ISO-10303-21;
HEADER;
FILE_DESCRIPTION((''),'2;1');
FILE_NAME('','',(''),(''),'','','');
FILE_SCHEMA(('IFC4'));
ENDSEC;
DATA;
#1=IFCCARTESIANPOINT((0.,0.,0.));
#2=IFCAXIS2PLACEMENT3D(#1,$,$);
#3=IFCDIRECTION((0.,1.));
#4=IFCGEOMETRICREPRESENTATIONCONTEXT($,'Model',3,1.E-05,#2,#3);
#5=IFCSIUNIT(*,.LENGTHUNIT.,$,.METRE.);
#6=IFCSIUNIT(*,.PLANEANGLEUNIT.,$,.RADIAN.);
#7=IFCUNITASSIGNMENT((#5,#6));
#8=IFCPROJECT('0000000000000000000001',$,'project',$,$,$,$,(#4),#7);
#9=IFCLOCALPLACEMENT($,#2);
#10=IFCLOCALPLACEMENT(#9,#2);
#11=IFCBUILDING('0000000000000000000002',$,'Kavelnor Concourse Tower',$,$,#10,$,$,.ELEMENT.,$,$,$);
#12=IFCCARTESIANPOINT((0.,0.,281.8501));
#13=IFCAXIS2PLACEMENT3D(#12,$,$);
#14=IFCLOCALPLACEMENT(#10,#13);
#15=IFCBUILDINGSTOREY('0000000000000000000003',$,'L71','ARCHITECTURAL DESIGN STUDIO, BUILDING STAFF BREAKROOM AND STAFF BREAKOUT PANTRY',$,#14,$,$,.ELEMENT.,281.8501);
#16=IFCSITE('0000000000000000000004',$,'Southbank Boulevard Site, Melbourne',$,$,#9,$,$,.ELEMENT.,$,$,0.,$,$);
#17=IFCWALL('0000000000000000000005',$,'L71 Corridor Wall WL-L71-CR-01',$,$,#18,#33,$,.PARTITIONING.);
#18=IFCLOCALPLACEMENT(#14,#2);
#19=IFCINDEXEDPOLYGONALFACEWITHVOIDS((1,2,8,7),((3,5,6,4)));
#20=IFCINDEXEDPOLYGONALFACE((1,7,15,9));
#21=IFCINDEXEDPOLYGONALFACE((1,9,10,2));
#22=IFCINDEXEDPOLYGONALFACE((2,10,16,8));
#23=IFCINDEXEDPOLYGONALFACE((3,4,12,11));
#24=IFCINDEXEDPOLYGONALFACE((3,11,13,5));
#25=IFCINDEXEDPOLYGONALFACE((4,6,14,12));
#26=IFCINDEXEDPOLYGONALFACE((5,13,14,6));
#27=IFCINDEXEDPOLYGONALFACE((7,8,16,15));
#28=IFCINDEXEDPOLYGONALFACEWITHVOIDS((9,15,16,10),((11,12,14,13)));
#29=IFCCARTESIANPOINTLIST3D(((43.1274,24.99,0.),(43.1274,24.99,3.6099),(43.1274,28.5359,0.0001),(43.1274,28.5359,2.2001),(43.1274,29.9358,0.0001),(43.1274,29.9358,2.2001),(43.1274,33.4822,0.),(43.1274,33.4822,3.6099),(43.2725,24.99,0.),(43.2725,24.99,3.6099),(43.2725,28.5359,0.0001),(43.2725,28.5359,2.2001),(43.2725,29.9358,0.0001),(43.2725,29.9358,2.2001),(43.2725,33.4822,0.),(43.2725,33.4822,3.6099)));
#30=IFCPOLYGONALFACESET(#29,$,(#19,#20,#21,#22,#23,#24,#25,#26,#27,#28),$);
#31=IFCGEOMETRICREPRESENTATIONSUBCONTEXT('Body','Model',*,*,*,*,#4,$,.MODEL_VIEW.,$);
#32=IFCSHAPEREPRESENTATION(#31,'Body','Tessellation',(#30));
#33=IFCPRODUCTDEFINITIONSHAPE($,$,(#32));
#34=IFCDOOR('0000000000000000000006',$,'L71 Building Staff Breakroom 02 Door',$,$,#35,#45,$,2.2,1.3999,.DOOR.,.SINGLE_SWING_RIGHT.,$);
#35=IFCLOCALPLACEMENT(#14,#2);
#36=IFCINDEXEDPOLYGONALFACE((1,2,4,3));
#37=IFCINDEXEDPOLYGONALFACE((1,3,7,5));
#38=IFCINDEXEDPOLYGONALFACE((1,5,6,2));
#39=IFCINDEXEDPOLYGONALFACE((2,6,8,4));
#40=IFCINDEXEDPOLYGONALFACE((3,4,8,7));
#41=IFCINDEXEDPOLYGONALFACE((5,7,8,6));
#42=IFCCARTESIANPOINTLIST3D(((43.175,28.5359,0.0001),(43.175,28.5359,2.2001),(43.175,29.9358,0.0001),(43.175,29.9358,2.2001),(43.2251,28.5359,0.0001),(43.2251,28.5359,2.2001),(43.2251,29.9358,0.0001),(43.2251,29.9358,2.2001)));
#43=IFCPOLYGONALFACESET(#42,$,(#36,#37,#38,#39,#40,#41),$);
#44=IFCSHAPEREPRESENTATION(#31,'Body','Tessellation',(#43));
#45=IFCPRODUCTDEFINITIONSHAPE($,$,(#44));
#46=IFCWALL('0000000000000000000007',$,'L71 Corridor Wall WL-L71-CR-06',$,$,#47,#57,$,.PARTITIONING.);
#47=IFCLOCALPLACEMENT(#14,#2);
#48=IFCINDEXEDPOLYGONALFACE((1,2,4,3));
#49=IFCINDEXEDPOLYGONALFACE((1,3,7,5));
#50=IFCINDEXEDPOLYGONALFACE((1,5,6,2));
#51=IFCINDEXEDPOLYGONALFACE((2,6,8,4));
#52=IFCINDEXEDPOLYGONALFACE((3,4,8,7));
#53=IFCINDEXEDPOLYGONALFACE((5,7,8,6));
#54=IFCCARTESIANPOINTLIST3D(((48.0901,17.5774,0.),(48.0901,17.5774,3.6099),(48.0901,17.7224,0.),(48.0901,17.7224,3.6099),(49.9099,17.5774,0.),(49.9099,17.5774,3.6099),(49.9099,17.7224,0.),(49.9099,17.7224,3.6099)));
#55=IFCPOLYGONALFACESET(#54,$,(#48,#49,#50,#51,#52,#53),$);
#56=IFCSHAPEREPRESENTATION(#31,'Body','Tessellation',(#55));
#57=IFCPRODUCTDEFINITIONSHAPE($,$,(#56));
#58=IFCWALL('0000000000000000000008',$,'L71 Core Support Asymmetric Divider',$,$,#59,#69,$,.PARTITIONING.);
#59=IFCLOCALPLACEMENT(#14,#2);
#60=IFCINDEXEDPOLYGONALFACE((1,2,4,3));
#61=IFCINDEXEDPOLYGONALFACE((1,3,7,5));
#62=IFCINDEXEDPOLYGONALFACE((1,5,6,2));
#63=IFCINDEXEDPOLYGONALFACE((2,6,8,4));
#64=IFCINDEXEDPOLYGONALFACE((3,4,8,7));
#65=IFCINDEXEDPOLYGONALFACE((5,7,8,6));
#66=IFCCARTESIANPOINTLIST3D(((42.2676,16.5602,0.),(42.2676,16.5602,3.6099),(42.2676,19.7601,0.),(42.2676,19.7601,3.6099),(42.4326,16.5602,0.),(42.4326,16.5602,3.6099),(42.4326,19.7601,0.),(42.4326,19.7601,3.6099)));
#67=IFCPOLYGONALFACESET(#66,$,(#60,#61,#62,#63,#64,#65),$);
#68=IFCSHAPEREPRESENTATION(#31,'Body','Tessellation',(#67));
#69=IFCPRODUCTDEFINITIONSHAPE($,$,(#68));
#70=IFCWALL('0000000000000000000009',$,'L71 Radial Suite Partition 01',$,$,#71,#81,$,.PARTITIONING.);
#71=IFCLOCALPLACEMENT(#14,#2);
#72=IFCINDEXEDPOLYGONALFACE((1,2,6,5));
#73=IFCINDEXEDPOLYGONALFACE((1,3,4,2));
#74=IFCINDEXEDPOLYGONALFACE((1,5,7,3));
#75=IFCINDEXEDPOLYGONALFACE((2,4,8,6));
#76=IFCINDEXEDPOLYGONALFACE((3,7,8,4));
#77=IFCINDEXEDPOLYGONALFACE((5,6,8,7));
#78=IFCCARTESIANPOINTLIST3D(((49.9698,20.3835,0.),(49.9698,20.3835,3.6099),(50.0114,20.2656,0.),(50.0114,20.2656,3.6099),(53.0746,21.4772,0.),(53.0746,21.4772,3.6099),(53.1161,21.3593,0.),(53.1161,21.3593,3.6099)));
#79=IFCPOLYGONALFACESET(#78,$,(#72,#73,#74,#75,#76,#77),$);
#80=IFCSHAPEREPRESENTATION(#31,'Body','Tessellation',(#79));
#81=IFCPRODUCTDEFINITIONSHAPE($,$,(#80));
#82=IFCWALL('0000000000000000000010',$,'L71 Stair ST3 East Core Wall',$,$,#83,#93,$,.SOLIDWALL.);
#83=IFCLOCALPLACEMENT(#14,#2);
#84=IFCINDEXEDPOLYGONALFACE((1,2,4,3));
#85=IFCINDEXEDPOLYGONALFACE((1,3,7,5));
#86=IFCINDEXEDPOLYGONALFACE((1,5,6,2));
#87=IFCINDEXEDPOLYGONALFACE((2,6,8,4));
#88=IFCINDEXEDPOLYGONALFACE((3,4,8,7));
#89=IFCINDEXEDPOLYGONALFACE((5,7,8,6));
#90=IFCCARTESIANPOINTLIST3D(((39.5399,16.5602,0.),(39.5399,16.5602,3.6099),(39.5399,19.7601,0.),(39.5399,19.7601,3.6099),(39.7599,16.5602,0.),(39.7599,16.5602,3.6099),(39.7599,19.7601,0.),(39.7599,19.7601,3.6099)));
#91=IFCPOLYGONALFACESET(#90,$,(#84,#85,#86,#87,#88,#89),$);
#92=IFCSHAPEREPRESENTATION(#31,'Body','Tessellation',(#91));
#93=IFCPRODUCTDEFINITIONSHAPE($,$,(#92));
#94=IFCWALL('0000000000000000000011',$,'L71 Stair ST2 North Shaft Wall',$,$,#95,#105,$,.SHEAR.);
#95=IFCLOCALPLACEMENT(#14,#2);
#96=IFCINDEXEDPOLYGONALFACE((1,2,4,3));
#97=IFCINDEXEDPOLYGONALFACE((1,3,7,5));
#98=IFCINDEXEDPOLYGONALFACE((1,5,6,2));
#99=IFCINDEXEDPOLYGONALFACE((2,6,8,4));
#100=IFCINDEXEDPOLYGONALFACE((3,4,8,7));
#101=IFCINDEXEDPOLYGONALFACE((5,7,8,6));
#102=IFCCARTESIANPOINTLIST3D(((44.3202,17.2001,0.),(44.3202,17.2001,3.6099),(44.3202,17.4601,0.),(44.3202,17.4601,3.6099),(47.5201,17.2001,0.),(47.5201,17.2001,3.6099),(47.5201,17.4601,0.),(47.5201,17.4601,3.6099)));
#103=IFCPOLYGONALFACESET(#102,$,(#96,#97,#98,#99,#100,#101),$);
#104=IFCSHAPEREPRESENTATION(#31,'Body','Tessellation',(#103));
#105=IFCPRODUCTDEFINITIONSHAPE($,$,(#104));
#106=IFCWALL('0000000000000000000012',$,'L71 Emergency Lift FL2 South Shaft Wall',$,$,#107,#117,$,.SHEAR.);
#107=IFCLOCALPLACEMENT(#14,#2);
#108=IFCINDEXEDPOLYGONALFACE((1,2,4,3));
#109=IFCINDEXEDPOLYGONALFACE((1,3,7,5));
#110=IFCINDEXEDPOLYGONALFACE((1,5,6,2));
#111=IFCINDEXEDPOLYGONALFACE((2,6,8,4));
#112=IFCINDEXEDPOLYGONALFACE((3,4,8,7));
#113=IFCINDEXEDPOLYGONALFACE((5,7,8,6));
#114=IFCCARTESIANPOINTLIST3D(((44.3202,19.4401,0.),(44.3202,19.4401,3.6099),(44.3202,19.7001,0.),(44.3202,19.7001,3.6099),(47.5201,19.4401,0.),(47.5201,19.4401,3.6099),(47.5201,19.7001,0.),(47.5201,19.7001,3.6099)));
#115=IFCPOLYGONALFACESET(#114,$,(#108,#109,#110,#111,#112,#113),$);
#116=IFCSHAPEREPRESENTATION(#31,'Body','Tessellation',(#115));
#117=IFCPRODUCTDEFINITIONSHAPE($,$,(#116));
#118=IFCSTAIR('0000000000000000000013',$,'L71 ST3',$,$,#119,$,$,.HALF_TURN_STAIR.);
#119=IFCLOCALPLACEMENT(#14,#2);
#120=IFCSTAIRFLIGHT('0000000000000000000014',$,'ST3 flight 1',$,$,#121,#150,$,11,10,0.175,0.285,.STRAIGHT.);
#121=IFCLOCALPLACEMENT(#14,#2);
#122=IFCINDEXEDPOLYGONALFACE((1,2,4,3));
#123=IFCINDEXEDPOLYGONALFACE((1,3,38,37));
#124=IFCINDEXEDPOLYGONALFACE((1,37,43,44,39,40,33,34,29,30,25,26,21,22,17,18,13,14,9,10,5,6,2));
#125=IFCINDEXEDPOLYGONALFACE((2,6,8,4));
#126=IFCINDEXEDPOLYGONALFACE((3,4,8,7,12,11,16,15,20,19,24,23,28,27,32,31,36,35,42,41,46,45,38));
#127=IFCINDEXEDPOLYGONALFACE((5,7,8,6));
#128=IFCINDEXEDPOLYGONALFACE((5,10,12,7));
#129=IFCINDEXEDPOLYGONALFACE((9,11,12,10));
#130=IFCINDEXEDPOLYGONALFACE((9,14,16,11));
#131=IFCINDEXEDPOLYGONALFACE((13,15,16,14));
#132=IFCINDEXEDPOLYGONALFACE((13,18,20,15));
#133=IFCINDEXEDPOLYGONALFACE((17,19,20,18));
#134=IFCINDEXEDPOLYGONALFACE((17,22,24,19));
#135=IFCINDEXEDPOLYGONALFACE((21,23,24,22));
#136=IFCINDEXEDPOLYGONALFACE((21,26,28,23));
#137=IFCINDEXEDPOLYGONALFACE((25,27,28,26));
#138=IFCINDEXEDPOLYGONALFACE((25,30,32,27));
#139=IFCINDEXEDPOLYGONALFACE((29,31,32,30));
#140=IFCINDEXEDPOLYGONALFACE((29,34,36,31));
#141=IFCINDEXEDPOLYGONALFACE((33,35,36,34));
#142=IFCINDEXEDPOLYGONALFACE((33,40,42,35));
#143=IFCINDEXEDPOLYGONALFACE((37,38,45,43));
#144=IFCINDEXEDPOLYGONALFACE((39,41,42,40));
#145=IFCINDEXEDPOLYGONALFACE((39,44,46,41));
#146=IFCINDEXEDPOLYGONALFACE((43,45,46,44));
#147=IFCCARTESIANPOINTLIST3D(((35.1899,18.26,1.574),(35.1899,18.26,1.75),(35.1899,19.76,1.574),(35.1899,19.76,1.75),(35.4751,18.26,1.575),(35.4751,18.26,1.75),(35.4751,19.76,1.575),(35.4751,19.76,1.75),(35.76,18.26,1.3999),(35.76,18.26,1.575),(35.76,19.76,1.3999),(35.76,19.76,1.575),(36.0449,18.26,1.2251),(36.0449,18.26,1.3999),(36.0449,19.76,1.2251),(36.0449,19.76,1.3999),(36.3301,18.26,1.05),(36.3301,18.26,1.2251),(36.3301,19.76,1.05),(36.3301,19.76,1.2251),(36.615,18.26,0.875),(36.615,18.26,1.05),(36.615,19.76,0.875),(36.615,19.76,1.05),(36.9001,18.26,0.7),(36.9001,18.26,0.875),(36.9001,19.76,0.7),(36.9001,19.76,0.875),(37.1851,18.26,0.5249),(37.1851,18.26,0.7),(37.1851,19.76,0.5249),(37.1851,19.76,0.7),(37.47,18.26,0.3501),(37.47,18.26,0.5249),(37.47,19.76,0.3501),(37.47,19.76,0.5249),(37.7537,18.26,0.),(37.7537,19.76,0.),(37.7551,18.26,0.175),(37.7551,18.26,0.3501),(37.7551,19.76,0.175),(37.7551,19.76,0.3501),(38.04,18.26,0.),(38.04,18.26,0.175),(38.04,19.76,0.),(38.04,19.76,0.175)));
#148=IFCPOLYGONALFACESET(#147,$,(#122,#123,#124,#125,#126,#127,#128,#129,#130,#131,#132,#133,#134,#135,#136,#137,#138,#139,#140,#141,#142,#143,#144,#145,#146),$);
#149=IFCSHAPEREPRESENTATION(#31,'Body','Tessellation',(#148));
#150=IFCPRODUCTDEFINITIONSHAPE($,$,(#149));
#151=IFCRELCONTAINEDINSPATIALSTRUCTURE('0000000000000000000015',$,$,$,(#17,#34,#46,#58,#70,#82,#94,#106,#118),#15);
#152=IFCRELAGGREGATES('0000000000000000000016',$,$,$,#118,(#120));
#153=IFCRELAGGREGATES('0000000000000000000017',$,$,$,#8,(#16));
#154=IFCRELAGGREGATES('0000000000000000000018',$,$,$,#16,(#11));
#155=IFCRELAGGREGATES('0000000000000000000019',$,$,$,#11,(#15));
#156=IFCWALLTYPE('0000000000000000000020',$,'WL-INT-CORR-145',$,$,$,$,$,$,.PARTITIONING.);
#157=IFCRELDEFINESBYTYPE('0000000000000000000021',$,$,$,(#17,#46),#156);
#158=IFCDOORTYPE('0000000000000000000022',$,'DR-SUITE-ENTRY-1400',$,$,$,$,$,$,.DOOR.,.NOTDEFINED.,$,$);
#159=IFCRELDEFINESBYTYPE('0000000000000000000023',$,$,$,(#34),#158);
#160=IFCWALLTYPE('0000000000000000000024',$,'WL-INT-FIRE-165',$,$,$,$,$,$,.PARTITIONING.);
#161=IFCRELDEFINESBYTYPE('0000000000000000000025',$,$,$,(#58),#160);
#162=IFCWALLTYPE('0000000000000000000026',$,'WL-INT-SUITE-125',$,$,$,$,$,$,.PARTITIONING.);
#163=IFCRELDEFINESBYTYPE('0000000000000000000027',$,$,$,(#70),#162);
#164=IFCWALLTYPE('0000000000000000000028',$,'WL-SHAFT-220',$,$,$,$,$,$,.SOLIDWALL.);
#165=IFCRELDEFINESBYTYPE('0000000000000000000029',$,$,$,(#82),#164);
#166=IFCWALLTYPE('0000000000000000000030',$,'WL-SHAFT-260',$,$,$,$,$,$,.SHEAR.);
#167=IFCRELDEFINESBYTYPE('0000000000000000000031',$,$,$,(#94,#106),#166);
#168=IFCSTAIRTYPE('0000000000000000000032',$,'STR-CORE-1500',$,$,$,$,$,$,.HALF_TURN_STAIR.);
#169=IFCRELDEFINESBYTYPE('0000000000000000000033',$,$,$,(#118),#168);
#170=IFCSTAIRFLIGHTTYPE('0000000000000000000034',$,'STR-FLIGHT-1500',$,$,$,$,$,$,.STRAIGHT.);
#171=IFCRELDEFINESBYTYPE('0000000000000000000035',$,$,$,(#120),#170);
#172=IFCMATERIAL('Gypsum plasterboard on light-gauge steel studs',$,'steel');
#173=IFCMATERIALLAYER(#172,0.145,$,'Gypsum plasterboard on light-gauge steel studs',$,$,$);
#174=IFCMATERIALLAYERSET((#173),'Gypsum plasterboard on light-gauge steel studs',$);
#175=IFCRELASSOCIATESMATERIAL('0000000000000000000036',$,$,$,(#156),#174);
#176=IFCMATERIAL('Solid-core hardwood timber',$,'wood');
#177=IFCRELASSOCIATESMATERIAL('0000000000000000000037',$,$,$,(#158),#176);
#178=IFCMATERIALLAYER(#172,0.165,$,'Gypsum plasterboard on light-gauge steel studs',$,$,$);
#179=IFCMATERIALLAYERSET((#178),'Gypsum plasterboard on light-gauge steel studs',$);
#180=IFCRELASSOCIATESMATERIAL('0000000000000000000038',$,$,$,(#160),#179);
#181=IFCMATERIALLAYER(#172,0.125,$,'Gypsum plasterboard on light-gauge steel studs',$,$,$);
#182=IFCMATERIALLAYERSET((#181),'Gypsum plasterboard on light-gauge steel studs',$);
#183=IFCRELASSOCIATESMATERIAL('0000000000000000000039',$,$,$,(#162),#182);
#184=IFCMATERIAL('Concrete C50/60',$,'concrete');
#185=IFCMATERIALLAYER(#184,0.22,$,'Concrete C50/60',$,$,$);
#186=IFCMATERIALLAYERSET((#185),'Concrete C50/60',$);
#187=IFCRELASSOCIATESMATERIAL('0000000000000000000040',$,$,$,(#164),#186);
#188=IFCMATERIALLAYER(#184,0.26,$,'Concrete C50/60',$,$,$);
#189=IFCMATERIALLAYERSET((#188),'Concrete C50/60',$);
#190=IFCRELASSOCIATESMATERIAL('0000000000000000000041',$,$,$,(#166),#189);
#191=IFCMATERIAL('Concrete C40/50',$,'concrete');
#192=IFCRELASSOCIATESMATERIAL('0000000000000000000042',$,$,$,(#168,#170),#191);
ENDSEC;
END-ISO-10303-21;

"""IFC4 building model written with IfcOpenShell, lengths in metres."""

from ifc_helpers import new_model, si_unit, direction, frame, frame_2d, origin, place, context, subcontext, project, spatial, polyline, rectangle, outline, extrude, material, layer, layer_set, type_object, element, fill, aggregate, save


model = new_model("IFC4")

# Units and contexts
model_context = context("Model", 3, precision=1e-05, world=origin(), true_north=direction((0.0, 1.0)))
body_context = subcontext(model_context, "Body", "Model", "MODEL_VIEW")
ifc_project = project(units=[si_unit("LENGTHUNIT", "METRE"), si_unit("PLANEANGLEUNIT", "RADIAN")], contexts=[model_context])

# Site, building, storey
site_placement = place(None, origin())
site = spatial("IfcSite", under=ifc_project, at=site_placement, Name="Southbank Boulevard Site, Melbourne", CompositionType="ELEMENT", RefElevation=0.0)
building_placement = place(site_placement, origin())
building = spatial("IfcBuilding", under=site, at=building_placement, Name="Kavelnor Concourse Tower", CompositionType="ELEMENT")
storey_placement = place(building_placement, frame((0.0, 0.0, 281.8501)))
storey = spatial("IfcBuildingStorey", under=building, at=storey_placement, Name="L71", Description="ARCHITECTURAL DESIGN STUDIO, BUILDING STAFF BREAKROOM AND STAFF BREAKOUT PANTRY", CompositionType="ELEMENT", Elevation=281.8501)

# Wall, opening, door
ifc_material_1 = material(Name="Gypsum plasterboard on light-gauge steel studs", Category="steel")
ifc_layer_1 = layer(ifc_material_1, 0.145, Name="Gypsum plasterboard on light-gauge steel studs")
ifc_layer_set_1 = layer_set([ifc_layer_1], Name="Gypsum plasterboard on light-gauge steel studs")
wall_type_1 = type_object("IfcWallType", Name="WL-INT-CORR-145", PredefinedType="PARTITIONING", material=ifc_layer_set_1)
wall_1_placement = place(storey_placement, frame((43.2, 24.99, 0.0), z_axis=(0.0, 0.0, 1.0), x_axis=(0.0, 1.0, 0.0)))
wall_1 = element("IfcWall", 1, at=wall_1_placement, inside=storey, type_object=wall_type_1, Name="L71 Corridor Wall WL-L71-CR-01", PredefinedType="PARTITIONING", context=body_context, shape_type="SweptSolid", body=[
    extrude(rectangle(XDim=8.4922, YDim=0.145, at=frame_2d((4.2461, 0.0))), origin(), (0.0, 0.0, 1.0), 3.6099),
])
opening_placement = place(wall_1_placement, frame((3.5459, 0.0, 0.0)))
opening = element("IfcOpeningElement", 2, at=opening_placement, cuts=wall_1, PredefinedType="OPENING", context=body_context, shape_type="SweptSolid", body=[
    extrude(rectangle(XDim=1.3999, YDim=2.2, at=frame_2d((0.7, 1.1001))), frame((0.0, 0.0825, 0.0), z_axis=(0.0, -1.0, 0.0), x_axis=(1.0, 0.0, 0.0)), (0.0, 0.0, 1.0), 0.165),
])
ifc_material_2 = material(Name="Solid-core hardwood timber", Category="wood")
door_type = type_object("IfcDoorType", Name="DR-SUITE-ENTRY-1400", OperationType="NOTDEFINED", PredefinedType="DOOR", material=ifc_material_2)
door_placement = place(opening_placement, origin())
door = element("IfcDoor", 3, at=door_placement, inside=storey, type_object=door_type, Name="L71 Building Staff Breakroom 02 Door", OperationType="SINGLE_SWING_RIGHT", OverallHeight=2.2, OverallWidth=1.3999, PredefinedType="DOOR", context=body_context, shape_type="SweptSolid", body=[
    extrude(rectangle(XDim=1.3999, YDim=2.2, at=frame_2d((0.7, 1.1001))), frame((0.0, 0.0249, 0.0), z_axis=(0.0, -1.0, 0.0), x_axis=(1.0, 0.0, 0.0)), (0.0, 0.0, 1.0), 0.05),
])
fill(opening, door)

# Walls
wall_2_placement = place(storey_placement, frame((49.9099, 17.6499, 0.0), z_axis=(0.0, 0.0, 1.0), x_axis=(-1.0, 0.0, 0.0)))
element("IfcWall", 4, at=wall_2_placement, inside=storey, type_object=wall_type_1, Name="L71 Corridor Wall WL-L71-CR-06", PredefinedType="PARTITIONING", context=body_context, shape_type="SweptSolid", body=[
    extrude(rectangle(XDim=1.8198, YDim=0.145, at=frame_2d((0.9099, 0.0))), origin(), (0.0, 0.0, 1.0), 3.6099),
])
ifc_layer_2 = layer(ifc_material_1, 0.165, Name="Gypsum plasterboard on light-gauge steel studs")
ifc_layer_set_2 = layer_set([ifc_layer_2], Name="Gypsum plasterboard on light-gauge steel studs")
wall_type_2 = type_object("IfcWallType", Name="WL-INT-FIRE-165", PredefinedType="PARTITIONING", material=ifc_layer_set_2)
wall_3_placement = place(storey_placement, frame((42.3501, 16.5601, 0.0), z_axis=(0.0, 0.0, 1.0), x_axis=(0.0, 1.0, 0.0)))
element("IfcWall", 5, at=wall_3_placement, inside=storey, type_object=wall_type_2, Name="L71 Core Support Asymmetric Divider", PredefinedType="PARTITIONING", context=body_context, shape_type="SweptSolid", body=[
    extrude(rectangle(XDim=3.2, YDim=0.165, at=frame_2d((1.6001, 0.0))), origin(), (0.0, 0.0, 1.0), 3.6099),
])
ifc_layer_3 = layer(ifc_material_1, 0.125, Name="Gypsum plasterboard on light-gauge steel studs")
ifc_layer_set_3 = layer_set([ifc_layer_3], Name="Gypsum plasterboard on light-gauge steel studs")
wall_type_3 = type_object("IfcWallType", Name="WL-INT-SUITE-125", PredefinedType="PARTITIONING", material=ifc_layer_set_3)
wall_4_placement = place(storey_placement, frame((49.9905, 20.3245, 0.0), z_axis=(0.0, 0.0, 1.0), x_axis=(0.943185, 0.332269, 0.0)))
element("IfcWall", 6, at=wall_4_placement, inside=storey, type_object=wall_type_3, Name="L71 Radial Suite Partition 01", PredefinedType="PARTITIONING", context=body_context, shape_type="SweptSolid", body=[
    extrude(rectangle(XDim=3.2917, YDim=0.125, at=frame_2d((1.646, 0.0))), origin(), (0.0, 0.0, 1.0), 3.6099),
])
ifc_material_3 = material(Name="Concrete C50/60", Category="concrete")
ifc_layer_4 = layer(ifc_material_3, 0.22, Name="Concrete C50/60")
ifc_layer_set_4 = layer_set([ifc_layer_4], Name="Concrete C50/60")
wall_type_4 = type_object("IfcWallType", Name="WL-SHAFT-220", PredefinedType="SOLIDWALL", material=ifc_layer_set_4)
wall_5_placement = place(storey_placement, frame((39.6499, 16.5601, 0.0), z_axis=(0.0, 0.0, 1.0), x_axis=(0.0, 1.0, 0.0)))
element("IfcWall", 7, at=wall_5_placement, inside=storey, type_object=wall_type_4, Name="L71 Stair ST3 East Core Wall", PredefinedType="SOLIDWALL", context=body_context, shape_type="SweptSolid", body=[
    extrude(rectangle(XDim=3.2, YDim=0.22, at=frame_2d((1.6001, 0.0))), origin(), (0.0, 0.0, 1.0), 3.6099),
])
ifc_layer_5 = layer(ifc_material_3, 0.26, Name="Concrete C50/60")
ifc_layer_set_5 = layer_set([ifc_layer_5], Name="Concrete C50/60")
wall_type_5 = type_object("IfcWallType", Name="WL-SHAFT-260", PredefinedType="SHEAR", material=ifc_layer_set_5)
for number, where, z_axis, x_axis, name in (
    (8, (44.3201, 17.3301, 0.0), (0.0, 0.0, 1.0), (1.0, 0.0, 0.0), "L71 Stair ST2 North Shaft Wall"),
    (9, (44.3201, 19.5701, 0.0), (0.0, 0.0, 1.0), (1.0, 0.0, 0.0), "L71 Emergency Lift FL2 South Shaft Wall"),
):
    element("IfcWall", number, at=place(storey_placement, frame(where, z_axis=z_axis, x_axis=x_axis)), inside=storey, type_object=wall_type_5, Name=name, PredefinedType="SHEAR", context=body_context, shape_type="SweptSolid", body=[
        extrude(rectangle(XDim=3.2, YDim=0.26, at=frame_2d((1.6001, 0.0))), origin(), (0.0, 0.0, 1.0), 3.6099),
    ])

# Stair, stair flight
ifc_material_4 = material(Name="Concrete C40/50", Category="concrete")
stair_type = type_object("IfcStairType", Name="STR-CORE-1500", PredefinedType="HALF_TURN_STAIR", material=ifc_material_4)
stair_placement = place(storey_placement, origin())
stair = element("IfcStair", 10, at=stair_placement, inside=storey, type_object=stair_type, Name="L71 ST3", PredefinedType="HALF_TURN_STAIR")
stair_flight_type = type_object("IfcStairFlightType", Name="STR-FLIGHT-1500", PredefinedType="STRAIGHT", material=ifc_material_4)
stair_flight_placement = place(storey_placement, frame((38.04, 19.01, 0.0), z_axis=(0.0, 0.0, 1.0), x_axis=(-1.0, 0.0, 0.0)))
stair_flight = element("IfcStairFlight", 11, at=stair_flight_placement, type_object=stair_flight_type, Name="ST3 flight 1", NumberOfRisers=11, NumberOfTreads=10, PredefinedType="STRAIGHT", RiserHeight=0.175, TreadLength=0.285, context=body_context, shape_type="SweptSolid", body=[
    extrude(outline(polyline([(0.0, 0.0), (0.0, 0.175), (0.2849, 0.175), (0.2849, 0.3501), (0.5701, 0.3501), (0.5701, 0.5249), (0.855, 0.5249), (0.855, 0.7), (1.1399, 0.7), (1.1399, 0.875), (1.425, 0.875), (1.425, 1.05), (1.71, 1.05), (1.71, 1.2251), (1.9951, 1.2251), (1.9951, 1.3999), (2.28, 1.3999), (2.28, 1.575), (2.5649, 1.575), (2.5649, 1.75), (2.8501, 1.75), (2.8501, 1.925), (2.8501, 1.574), (0.2864, 0.0), (0.0, 0.0)])), frame((0.0, 0.75, 0.0), z_axis=(0.0, -1.0, 0.0), x_axis=(1.0, 0.0, 0.0)), (0.0, 0.0, 1.0), 1.5),
])
aggregate(stair, [stair_flight])

save(model, "model.ifc")
